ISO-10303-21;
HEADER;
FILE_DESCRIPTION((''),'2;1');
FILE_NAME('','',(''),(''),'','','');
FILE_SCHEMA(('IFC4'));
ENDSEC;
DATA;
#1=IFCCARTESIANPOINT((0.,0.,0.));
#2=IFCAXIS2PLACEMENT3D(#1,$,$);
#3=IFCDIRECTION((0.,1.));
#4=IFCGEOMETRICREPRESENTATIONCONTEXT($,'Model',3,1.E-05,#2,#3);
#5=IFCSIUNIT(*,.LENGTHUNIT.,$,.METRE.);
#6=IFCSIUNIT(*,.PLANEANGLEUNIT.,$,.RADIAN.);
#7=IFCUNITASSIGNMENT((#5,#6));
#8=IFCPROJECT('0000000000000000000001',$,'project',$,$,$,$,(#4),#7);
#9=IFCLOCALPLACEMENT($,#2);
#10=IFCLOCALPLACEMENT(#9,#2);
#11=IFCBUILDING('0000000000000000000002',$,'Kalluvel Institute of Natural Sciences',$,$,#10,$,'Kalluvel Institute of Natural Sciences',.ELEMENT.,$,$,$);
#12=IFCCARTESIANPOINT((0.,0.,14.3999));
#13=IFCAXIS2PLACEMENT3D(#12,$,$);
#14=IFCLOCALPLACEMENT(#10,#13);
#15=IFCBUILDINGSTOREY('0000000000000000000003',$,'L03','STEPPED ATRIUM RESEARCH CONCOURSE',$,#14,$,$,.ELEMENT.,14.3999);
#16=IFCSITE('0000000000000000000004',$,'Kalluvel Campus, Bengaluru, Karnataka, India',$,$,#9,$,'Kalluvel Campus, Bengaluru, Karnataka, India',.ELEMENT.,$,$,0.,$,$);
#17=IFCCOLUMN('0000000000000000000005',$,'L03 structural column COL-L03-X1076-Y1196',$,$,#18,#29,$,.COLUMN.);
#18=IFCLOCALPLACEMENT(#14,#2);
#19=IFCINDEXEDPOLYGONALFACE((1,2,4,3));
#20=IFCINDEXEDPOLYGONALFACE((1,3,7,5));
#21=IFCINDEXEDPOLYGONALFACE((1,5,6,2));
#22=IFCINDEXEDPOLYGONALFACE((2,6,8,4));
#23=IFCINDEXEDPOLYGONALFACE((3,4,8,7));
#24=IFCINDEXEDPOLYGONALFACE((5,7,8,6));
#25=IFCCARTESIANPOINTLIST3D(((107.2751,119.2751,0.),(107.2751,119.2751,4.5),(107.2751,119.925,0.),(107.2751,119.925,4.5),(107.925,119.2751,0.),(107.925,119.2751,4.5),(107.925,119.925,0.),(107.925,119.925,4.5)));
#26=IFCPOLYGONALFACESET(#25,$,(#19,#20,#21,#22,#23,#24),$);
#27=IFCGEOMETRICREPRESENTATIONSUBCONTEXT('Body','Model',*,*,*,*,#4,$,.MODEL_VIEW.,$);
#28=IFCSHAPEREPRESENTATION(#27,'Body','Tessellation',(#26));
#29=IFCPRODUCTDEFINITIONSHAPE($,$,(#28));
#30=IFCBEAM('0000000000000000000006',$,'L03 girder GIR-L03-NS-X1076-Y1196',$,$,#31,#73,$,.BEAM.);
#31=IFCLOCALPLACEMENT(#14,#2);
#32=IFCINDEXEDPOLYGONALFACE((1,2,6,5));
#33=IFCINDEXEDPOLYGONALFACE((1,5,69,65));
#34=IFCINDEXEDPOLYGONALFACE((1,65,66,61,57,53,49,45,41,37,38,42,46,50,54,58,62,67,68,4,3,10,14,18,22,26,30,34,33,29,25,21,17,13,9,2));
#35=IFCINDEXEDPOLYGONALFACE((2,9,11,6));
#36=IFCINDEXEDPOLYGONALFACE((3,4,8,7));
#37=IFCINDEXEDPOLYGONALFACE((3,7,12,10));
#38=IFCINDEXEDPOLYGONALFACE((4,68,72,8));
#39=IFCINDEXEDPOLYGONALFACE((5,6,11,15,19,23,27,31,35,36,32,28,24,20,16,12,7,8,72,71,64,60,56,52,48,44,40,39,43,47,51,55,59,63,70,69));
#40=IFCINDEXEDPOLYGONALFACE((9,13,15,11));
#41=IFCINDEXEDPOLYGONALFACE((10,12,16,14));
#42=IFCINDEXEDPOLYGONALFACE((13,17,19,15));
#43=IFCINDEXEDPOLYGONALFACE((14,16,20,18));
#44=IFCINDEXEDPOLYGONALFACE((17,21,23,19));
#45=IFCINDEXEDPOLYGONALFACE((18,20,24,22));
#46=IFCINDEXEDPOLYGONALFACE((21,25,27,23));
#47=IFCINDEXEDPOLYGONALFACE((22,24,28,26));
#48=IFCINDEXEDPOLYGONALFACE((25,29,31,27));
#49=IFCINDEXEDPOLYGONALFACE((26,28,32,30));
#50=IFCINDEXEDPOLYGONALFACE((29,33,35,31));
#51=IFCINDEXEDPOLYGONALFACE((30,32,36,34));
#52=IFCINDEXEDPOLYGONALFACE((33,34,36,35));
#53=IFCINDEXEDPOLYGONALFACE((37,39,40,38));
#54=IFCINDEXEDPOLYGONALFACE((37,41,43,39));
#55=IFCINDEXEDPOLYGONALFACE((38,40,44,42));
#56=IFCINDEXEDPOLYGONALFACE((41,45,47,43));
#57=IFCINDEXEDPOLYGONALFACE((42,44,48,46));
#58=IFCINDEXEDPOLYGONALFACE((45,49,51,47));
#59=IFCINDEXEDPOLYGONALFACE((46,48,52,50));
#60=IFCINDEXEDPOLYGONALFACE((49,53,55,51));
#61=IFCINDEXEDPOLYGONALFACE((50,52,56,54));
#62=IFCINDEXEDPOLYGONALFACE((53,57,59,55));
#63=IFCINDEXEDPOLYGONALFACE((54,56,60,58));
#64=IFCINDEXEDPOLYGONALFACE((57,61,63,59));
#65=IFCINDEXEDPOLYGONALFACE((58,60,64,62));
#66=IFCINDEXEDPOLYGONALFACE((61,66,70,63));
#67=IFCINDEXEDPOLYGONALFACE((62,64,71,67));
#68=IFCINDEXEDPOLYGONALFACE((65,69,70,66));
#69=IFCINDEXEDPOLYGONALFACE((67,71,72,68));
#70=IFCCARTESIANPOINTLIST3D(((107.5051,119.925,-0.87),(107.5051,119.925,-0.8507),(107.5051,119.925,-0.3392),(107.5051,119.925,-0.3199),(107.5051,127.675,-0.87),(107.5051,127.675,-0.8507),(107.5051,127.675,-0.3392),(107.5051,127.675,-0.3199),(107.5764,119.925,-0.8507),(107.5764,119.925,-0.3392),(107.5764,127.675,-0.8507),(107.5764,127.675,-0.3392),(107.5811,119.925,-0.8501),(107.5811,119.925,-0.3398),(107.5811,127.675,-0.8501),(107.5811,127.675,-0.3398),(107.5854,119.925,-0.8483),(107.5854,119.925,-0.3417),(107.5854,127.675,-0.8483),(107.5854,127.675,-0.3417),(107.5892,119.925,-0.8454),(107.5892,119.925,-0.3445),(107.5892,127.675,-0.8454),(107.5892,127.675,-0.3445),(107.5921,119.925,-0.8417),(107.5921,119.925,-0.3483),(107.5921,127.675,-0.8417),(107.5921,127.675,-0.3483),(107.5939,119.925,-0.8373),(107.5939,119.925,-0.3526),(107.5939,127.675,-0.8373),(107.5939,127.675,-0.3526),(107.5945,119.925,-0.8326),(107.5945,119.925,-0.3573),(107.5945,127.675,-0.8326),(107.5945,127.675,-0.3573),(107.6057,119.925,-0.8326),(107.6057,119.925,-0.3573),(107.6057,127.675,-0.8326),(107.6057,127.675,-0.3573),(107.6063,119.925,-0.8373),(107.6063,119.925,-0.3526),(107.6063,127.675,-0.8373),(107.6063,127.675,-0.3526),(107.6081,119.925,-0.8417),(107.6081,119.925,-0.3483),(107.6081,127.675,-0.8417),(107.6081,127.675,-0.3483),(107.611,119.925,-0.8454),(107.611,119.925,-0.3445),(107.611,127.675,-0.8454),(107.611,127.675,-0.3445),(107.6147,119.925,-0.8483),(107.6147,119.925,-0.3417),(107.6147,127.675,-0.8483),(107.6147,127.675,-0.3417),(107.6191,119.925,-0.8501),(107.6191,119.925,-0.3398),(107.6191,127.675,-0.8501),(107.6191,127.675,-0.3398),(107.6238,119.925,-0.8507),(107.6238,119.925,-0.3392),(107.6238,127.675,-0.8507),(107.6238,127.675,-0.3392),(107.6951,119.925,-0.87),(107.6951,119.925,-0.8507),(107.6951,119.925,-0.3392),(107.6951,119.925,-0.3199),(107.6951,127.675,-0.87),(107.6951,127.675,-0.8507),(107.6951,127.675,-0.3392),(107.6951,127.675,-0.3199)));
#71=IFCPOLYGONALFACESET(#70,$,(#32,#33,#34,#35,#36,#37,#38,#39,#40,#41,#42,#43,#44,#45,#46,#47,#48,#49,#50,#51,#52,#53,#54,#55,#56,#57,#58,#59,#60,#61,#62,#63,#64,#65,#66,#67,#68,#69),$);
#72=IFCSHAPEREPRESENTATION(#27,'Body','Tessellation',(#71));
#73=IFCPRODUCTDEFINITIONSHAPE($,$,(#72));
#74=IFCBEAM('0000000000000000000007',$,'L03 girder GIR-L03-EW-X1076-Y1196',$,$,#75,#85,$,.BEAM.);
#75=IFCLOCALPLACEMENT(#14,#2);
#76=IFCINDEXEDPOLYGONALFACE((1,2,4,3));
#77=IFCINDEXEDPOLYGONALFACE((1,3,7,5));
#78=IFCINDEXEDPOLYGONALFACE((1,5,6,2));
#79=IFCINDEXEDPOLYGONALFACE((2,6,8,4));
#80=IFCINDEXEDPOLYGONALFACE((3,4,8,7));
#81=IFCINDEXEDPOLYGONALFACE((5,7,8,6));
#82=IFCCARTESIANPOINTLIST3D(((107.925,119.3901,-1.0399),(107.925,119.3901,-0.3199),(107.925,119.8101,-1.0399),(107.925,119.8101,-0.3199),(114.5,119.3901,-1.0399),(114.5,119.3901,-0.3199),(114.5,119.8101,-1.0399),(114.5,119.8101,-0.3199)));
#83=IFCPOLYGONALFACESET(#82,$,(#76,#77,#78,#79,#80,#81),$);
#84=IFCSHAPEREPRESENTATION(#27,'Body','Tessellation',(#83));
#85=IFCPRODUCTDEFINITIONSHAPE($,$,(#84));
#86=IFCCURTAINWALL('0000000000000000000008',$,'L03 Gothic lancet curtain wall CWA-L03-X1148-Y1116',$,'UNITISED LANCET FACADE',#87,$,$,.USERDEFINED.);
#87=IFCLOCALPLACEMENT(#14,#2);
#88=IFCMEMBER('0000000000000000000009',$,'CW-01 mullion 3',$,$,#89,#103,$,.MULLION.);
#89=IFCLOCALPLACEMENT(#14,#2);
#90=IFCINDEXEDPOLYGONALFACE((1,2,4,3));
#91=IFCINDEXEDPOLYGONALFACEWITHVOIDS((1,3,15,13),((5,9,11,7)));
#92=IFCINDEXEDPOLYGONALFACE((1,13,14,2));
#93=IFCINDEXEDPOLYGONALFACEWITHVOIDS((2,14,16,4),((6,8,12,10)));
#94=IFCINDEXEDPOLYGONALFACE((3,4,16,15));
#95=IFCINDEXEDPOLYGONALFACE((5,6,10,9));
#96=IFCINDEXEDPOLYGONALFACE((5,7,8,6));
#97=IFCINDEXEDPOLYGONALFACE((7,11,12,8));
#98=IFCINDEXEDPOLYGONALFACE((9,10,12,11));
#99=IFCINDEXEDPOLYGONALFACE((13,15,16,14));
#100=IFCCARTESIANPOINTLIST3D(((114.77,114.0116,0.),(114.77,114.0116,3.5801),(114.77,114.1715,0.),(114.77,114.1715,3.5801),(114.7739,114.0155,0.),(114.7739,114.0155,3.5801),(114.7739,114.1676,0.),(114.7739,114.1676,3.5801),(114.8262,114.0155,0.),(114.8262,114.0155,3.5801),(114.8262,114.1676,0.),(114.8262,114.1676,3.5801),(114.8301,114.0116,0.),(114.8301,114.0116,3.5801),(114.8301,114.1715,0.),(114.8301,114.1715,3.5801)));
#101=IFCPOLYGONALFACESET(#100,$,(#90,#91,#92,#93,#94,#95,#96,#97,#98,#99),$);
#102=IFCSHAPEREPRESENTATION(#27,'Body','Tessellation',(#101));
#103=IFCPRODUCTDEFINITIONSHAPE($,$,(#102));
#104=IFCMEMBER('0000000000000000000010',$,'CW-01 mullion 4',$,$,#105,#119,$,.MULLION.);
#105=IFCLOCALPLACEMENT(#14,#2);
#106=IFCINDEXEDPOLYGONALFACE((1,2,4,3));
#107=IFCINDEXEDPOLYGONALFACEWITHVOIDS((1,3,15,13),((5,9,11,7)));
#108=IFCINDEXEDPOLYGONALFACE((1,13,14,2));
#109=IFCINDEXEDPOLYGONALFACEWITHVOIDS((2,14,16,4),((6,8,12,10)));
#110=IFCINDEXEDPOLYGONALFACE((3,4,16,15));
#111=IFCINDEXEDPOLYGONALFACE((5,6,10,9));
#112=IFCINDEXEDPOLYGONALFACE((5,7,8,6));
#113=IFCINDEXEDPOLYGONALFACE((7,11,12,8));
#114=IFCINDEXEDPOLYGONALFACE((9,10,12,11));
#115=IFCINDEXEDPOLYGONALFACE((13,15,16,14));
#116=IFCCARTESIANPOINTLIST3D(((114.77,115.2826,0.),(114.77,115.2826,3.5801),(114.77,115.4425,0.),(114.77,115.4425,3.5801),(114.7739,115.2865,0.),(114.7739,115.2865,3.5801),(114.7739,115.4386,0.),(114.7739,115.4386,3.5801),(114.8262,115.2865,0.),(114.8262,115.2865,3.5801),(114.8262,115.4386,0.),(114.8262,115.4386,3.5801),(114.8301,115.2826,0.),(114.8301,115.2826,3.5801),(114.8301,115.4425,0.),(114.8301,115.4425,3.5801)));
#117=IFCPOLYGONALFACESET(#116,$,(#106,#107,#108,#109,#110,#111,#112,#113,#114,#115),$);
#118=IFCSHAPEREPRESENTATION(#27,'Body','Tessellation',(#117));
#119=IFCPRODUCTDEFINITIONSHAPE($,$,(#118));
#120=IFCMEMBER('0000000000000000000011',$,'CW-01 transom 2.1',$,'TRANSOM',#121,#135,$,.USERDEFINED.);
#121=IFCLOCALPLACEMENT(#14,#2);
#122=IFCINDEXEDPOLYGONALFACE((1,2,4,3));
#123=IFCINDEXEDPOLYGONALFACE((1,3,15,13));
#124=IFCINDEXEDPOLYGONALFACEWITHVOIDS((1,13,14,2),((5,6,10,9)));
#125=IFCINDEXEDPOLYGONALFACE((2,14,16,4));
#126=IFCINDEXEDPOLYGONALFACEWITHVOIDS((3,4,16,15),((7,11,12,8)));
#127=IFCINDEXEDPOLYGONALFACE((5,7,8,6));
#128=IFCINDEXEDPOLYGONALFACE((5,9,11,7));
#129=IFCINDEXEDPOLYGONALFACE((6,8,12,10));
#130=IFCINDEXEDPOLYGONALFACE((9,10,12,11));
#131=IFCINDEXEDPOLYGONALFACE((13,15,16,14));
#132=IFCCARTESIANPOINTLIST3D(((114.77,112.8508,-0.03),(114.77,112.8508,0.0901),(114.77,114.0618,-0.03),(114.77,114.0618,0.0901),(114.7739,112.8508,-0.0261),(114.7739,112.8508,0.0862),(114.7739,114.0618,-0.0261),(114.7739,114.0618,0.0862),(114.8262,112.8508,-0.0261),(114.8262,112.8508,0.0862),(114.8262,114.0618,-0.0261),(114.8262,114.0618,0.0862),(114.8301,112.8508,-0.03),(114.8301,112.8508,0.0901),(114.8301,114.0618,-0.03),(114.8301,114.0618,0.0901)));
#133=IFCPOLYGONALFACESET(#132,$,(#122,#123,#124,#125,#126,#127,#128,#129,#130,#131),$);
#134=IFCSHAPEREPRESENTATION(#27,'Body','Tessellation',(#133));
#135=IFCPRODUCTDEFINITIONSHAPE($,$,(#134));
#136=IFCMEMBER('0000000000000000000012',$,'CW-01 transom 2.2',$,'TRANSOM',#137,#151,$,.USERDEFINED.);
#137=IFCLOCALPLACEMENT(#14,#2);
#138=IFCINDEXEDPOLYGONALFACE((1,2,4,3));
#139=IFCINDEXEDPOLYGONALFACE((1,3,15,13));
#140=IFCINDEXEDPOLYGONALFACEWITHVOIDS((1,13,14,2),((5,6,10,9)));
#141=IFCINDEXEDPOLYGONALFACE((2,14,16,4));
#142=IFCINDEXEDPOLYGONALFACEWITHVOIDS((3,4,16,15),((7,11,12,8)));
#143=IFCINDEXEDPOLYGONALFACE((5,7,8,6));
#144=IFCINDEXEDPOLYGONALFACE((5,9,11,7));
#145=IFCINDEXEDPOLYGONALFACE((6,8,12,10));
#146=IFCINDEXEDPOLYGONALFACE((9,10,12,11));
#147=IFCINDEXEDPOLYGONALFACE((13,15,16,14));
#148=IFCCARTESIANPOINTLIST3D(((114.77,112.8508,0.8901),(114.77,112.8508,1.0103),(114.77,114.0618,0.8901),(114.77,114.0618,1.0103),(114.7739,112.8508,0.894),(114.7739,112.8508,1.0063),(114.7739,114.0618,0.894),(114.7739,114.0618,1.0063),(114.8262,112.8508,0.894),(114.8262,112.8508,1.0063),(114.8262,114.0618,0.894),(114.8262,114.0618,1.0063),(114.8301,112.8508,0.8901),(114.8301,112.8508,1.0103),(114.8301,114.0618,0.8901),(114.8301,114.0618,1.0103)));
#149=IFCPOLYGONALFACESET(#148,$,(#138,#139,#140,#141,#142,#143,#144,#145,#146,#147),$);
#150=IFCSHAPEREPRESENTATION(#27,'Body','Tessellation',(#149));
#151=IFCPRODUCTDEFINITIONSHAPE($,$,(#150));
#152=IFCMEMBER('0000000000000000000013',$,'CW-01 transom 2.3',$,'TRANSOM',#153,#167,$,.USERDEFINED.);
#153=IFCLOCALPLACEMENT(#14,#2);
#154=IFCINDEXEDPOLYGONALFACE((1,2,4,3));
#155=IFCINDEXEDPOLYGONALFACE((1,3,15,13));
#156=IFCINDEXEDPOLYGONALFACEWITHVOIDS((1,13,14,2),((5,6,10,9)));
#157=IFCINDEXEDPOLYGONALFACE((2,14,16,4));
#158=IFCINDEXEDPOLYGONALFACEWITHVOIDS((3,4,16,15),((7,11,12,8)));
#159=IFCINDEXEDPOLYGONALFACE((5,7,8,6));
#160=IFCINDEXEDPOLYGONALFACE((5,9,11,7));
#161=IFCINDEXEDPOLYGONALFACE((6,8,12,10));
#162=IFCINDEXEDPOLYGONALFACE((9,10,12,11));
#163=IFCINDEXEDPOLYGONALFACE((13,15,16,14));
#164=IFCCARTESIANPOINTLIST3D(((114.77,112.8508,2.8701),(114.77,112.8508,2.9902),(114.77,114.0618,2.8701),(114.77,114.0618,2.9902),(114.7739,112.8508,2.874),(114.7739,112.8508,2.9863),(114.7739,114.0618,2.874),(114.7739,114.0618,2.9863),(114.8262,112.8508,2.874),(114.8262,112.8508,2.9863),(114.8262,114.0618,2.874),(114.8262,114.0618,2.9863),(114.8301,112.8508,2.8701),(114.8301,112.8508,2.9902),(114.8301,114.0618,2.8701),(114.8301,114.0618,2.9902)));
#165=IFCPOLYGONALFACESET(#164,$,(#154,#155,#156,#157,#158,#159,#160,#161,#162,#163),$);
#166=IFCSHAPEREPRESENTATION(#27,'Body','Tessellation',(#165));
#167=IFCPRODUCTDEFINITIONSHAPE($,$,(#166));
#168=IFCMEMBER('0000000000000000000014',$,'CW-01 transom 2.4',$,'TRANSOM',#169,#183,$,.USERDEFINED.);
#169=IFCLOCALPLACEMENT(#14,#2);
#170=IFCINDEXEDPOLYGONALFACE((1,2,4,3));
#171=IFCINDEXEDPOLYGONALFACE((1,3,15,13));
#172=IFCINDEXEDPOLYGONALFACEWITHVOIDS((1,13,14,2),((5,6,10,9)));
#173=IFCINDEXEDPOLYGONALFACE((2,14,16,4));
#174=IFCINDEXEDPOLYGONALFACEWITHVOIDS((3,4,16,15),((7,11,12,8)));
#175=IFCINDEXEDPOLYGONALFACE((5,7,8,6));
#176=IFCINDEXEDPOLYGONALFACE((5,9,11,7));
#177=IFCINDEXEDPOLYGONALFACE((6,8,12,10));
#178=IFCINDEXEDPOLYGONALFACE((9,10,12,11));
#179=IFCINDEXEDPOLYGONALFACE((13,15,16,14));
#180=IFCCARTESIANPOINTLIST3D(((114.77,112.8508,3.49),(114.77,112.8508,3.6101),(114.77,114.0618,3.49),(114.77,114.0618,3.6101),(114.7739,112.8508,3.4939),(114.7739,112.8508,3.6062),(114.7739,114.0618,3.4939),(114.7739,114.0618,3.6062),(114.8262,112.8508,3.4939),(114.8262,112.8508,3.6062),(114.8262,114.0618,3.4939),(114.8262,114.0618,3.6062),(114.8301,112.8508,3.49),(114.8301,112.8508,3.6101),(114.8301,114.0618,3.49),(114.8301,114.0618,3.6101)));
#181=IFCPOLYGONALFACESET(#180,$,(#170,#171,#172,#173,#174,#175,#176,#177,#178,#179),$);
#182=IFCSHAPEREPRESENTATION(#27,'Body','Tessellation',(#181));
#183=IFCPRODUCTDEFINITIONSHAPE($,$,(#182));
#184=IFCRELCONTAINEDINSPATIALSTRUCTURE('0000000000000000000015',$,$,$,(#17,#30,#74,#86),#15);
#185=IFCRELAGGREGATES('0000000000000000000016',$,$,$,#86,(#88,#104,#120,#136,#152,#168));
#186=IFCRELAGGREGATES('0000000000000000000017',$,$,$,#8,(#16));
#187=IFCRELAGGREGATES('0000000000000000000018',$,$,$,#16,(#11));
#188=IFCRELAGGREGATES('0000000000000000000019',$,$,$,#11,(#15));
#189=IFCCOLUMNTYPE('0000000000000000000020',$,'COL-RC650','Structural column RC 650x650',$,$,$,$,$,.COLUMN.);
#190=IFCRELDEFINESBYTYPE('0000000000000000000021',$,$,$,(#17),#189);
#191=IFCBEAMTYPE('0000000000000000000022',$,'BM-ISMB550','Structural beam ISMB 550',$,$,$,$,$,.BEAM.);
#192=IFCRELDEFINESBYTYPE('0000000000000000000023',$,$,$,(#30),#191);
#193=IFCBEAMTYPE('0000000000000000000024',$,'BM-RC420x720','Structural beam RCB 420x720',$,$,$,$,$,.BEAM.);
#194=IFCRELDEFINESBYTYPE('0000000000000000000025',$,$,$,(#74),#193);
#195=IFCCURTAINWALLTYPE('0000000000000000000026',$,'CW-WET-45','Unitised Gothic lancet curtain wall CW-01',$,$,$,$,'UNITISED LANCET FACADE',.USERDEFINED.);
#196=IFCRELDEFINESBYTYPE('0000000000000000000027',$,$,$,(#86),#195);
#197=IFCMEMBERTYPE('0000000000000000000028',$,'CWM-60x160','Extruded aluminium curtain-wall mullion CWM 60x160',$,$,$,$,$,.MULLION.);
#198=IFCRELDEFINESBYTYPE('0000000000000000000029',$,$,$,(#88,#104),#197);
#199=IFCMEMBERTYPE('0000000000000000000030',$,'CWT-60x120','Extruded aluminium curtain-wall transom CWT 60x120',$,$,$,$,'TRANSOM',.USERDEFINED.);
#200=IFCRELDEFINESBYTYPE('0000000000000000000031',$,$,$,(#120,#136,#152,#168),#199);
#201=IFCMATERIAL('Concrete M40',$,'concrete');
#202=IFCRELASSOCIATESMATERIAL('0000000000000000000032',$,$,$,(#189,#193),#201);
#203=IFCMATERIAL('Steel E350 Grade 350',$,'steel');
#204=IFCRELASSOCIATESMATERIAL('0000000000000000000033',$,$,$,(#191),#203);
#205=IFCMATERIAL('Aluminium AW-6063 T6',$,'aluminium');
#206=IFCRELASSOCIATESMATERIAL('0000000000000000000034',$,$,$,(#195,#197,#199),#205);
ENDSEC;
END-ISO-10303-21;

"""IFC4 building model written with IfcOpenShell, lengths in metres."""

from ifc_helpers import new_model, si_unit, direction, frame, origin, origin_2d, place, context, subcontext, project, spatial, rectangle, hollow_rectangle, i_section, extrude, material, material_profile, profile_set, type_object, element, aggregate, save


model = new_model("IFC4")

# Units and contexts
model_context = context("Model", 3, precision=1e-05, world=origin(), true_north=direction((0.0, 1.0)))
body_context = subcontext(model_context, "Body", "Model", "MODEL_VIEW")
ifc_project = project(units=[si_unit("LENGTHUNIT", "METRE"), si_unit("PLANEANGLEUNIT", "RADIAN")], contexts=[model_context])

# Site, building, storey
site_placement = place(None, origin())
site = spatial("IfcSite", under=ifc_project, at=site_placement, Name="Kalluvel Campus, Bengaluru, Karnataka, India", LongName="Kalluvel Campus, Bengaluru, Karnataka, India", CompositionType="ELEMENT", RefElevation=0.0)
building_placement = place(site_placement, origin())
building = spatial("IfcBuilding", under=site, at=building_placement, Name="Kalluvel Institute of Natural Sciences", LongName="Kalluvel Institute of Natural Sciences", CompositionType="ELEMENT")
storey_placement = place(building_placement, frame((0.0, 0.0, 14.3999)))
storey = spatial("IfcBuildingStorey", under=building, at=storey_placement, Name="L03", Description="STEPPED ATRIUM RESEARCH CONCOURSE", CompositionType="ELEMENT", Elevation=14.3999)

# Column
ifc_material_1 = material(Name="Concrete M40", Category="concrete")
ifc_material_profile_1 = material_profile(ifc_material_1, rectangle(XDim=0.6499, YDim=0.6499, at=origin_2d()), Name="RC 650x650")
ifc_profile_set_1 = profile_set([ifc_material_profile_1], Name="Concrete M40")
column_type = type_object("IfcColumnType", Name="COL-RC650", Description="Structural column RC 650x650", PredefinedType="COLUMN", material=ifc_profile_set_1)
column_placement = place(storey_placement, frame((107.6001, 119.6001, 0.0), z_axis=(0.0, 0.0, 1.0), x_axis=(1.0, 0.0, 0.0)))
element("IfcColumn", 1, at=column_placement, inside=storey, type_object=column_type, Name="L03 structural column COL-L03-X1076-Y1196", PredefinedType="COLUMN", context=body_context, shape_type="SweptSolid", body=[
    extrude(rectangle(XDim=0.6499, YDim=0.6499, at=origin_2d()), origin(), (0.0, 0.0, 1.0), 4.5),
])

# Beams
ifc_material_2 = material(Name="Steel E350 Grade 350", Category="steel")
ifc_material_profile_2 = material_profile(ifc_material_2, i_section(OverallWidth=0.1899, OverallDepth=0.55, WebThickness=0.0112, FlangeThickness=0.0193, FilletRadius=0.0181, at=origin_2d()), Name="ISMB 550")
ifc_profile_set_2 = profile_set([ifc_material_profile_2], Name="Steel E350 Grade 350")
beam_type_1 = type_object("IfcBeamType", Name="BM-ISMB550", Description="Structural beam ISMB 550", PredefinedType="BEAM", material=ifc_profile_set_2)
beam_1_placement = place(storey_placement, frame((107.6001, 119.925, -0.595), z_axis=(0.0, 1.0, 0.0), x_axis=(-1.0, 0.0, 0.0)))
element("IfcBeam", 2, at=beam_1_placement, inside=storey, type_object=beam_type_1, Name="L03 girder GIR-L03-NS-X1076-Y1196", PredefinedType="BEAM", context=body_context, shape_type="SweptSolid", body=[
    extrude(i_section(OverallWidth=0.1899, OverallDepth=0.55, WebThickness=0.0112, FlangeThickness=0.0193, FilletRadius=0.0181, at=origin_2d()), origin(), (0.0, 0.0, 1.0), 7.75),
])
ifc_material_profile_3 = material_profile(ifc_material_1, rectangle(XDim=0.4199, YDim=0.72, at=origin_2d()), Name="RCB 420x720")
ifc_profile_set_3 = profile_set([ifc_material_profile_3], Name="Concrete M40")
beam_type_2 = type_object("IfcBeamType", Name="BM-RC420x720", Description="Structural beam RCB 420x720", PredefinedType="BEAM", material=ifc_profile_set_3)
beam_2_placement = place(storey_placement, frame((107.925, 119.6001, -0.6799), z_axis=(1.0, 0.0, 0.0), x_axis=(0.0, 1.0, 0.0)))
element("IfcBeam", 3, at=beam_2_placement, inside=storey, type_object=beam_type_2, Name="L03 girder GIR-L03-EW-X1076-Y1196", PredefinedType="BEAM", context=body_context, shape_type="SweptSolid", body=[
    extrude(rectangle(XDim=0.4199, YDim=0.72, at=origin_2d()), origin(), (0.0, 0.0, 1.0), 6.575),
])

# Curtain wall, members
ifc_material_3 = material(Name="Aluminium AW-6063 T6", Category="aluminium")
curtain_wall_type = type_object("IfcCurtainWallType", Name="CW-WET-45", Description="Unitised Gothic lancet curtain wall CW-01", ElementType="UNITISED LANCET FACADE", PredefinedType="USERDEFINED", material=ifc_material_3)
curtain_wall_placement = place(storey_placement, origin())
curtain_wall = element("IfcCurtainWall", 4, at=curtain_wall_placement, inside=storey, type_object=curtain_wall_type, Name="L03 Gothic lancet curtain wall CWA-L03-X1148-Y1116", ObjectType="UNITISED LANCET FACADE", PredefinedType="USERDEFINED")
ifc_material_profile_4 = material_profile(ifc_material_3, hollow_rectangle(XDim=0.0601, YDim=0.1599, WallThickness=0.0039, at=origin_2d()), Name="CWM 60x160")
ifc_profile_set_4 = profile_set([ifc_material_profile_4], Name="Aluminium AW-6063 T6")
member_type_1 = type_object("IfcMemberType", Name="CWM-60x160", Description="Extruded aluminium curtain-wall mullion CWM 60x160", PredefinedType="MULLION", material=ifc_profile_set_4)
member_1_placement = place(storey_placement, frame((114.8, 114.0916, 0.0), z_axis=(0.0, 0.0, 1.0), x_axis=(-1.0, 0.0, 0.0)))
member_1 = element("IfcMember", 5, at=member_1_placement, type_object=member_type_1, Name="CW-01 mullion 3", PredefinedType="MULLION", context=body_context, shape_type="SweptSolid", body=[
    extrude(hollow_rectangle(XDim=0.0601, YDim=0.1599, WallThickness=0.0039, at=origin_2d()), origin(), (0.0, 0.0, 1.0), 3.5801),
])
member_2_placement = place(storey_placement, frame((114.8, 115.3625, 0.0), z_axis=(0.0, 0.0, 1.0), x_axis=(-1.0, 0.0, 0.0)))
member_2 = element("IfcMember", 6, at=member_2_placement, type_object=member_type_1, Name="CW-01 mullion 4", PredefinedType="MULLION", context=body_context, shape_type="SweptSolid", body=[
    extrude(hollow_rectangle(XDim=0.0601, YDim=0.1599, WallThickness=0.0039, at=origin_2d()), origin(), (0.0, 0.0, 1.0), 3.5801),
])
ifc_material_profile_5 = material_profile(ifc_material_3, hollow_rectangle(XDim=0.0601, YDim=0.1201, WallThickness=0.0039, at=origin_2d()), Name="CWT 60x120")
ifc_profile_set_5 = profile_set([ifc_material_profile_5], Name="Aluminium AW-6063 T6")
member_type_2 = type_object("IfcMemberType", Name="CWT-60x120", Description="Extruded aluminium curtain-wall transom CWT 60x120", ElementType="TRANSOM", PredefinedType="USERDEFINED", material=ifc_profile_set_5)
member_3_placement = place(storey_placement, frame((114.8, 112.8508, 0.03), z_axis=(0.0, 1.0, 0.0), x_axis=(-1.0, 0.0, 0.0)))
member_3 = element("IfcMember", 7, at=member_3_placement, type_object=member_type_2, Name="CW-01 transom 2.1", ObjectType="TRANSOM", PredefinedType="USERDEFINED", context=body_context, shape_type="SweptSolid", body=[
    extrude(hollow_rectangle(XDim=0.0601, YDim=0.1201, WallThickness=0.0039, at=origin_2d()), origin(), (0.0, 0.0, 1.0), 1.2109),
])
member_4_placement = place(storey_placement, frame((114.8, 112.8508, 0.9502), z_axis=(0.0, 1.0, 0.0), x_axis=(-1.0, 0.0, 0.0)))
member_4 = element("IfcMember", 8, at=member_4_placement, type_object=member_type_2, Name="CW-01 transom 2.2", ObjectType="TRANSOM", PredefinedType="USERDEFINED", context=body_context, shape_type="SweptSolid", body=[
    extrude(hollow_rectangle(XDim=0.0601, YDim=0.1201, WallThickness=0.0039, at=origin_2d()), origin(), (0.0, 0.0, 1.0), 1.2109),
])
member_5_placement = place(storey_placement, frame((114.8, 112.8508, 2.9302), z_axis=(0.0, 1.0, 0.0), x_axis=(-1.0, 0.0, 0.0)))
member_5 = element("IfcMember", 9, at=member_5_placement, type_object=member_type_2, Name="CW-01 transom 2.3", ObjectType="TRANSOM", PredefinedType="USERDEFINED", context=body_context, shape_type="SweptSolid", body=[
    extrude(hollow_rectangle(XDim=0.0601, YDim=0.1201, WallThickness=0.0039, at=origin_2d()), origin(), (0.0, 0.0, 1.0), 1.2109),
])
member_6_placement = place(storey_placement, frame((114.8, 112.8508, 3.55), z_axis=(0.0, 1.0, 0.0), x_axis=(-1.0, 0.0, 0.0)))
member_6 = element("IfcMember", 10, at=member_6_placement, type_object=member_type_2, Name="CW-01 transom 2.4", ObjectType="TRANSOM", PredefinedType="USERDEFINED", context=body_context, shape_type="SweptSolid", body=[
    extrude(hollow_rectangle(XDim=0.0601, YDim=0.1201, WallThickness=0.0039, at=origin_2d()), origin(), (0.0, 0.0, 1.0), 1.2109),
])

aggregate(curtain_wall, [member_1, member_2, member_3, member_4, member_5, member_6])

save(model, "model.ifc")
